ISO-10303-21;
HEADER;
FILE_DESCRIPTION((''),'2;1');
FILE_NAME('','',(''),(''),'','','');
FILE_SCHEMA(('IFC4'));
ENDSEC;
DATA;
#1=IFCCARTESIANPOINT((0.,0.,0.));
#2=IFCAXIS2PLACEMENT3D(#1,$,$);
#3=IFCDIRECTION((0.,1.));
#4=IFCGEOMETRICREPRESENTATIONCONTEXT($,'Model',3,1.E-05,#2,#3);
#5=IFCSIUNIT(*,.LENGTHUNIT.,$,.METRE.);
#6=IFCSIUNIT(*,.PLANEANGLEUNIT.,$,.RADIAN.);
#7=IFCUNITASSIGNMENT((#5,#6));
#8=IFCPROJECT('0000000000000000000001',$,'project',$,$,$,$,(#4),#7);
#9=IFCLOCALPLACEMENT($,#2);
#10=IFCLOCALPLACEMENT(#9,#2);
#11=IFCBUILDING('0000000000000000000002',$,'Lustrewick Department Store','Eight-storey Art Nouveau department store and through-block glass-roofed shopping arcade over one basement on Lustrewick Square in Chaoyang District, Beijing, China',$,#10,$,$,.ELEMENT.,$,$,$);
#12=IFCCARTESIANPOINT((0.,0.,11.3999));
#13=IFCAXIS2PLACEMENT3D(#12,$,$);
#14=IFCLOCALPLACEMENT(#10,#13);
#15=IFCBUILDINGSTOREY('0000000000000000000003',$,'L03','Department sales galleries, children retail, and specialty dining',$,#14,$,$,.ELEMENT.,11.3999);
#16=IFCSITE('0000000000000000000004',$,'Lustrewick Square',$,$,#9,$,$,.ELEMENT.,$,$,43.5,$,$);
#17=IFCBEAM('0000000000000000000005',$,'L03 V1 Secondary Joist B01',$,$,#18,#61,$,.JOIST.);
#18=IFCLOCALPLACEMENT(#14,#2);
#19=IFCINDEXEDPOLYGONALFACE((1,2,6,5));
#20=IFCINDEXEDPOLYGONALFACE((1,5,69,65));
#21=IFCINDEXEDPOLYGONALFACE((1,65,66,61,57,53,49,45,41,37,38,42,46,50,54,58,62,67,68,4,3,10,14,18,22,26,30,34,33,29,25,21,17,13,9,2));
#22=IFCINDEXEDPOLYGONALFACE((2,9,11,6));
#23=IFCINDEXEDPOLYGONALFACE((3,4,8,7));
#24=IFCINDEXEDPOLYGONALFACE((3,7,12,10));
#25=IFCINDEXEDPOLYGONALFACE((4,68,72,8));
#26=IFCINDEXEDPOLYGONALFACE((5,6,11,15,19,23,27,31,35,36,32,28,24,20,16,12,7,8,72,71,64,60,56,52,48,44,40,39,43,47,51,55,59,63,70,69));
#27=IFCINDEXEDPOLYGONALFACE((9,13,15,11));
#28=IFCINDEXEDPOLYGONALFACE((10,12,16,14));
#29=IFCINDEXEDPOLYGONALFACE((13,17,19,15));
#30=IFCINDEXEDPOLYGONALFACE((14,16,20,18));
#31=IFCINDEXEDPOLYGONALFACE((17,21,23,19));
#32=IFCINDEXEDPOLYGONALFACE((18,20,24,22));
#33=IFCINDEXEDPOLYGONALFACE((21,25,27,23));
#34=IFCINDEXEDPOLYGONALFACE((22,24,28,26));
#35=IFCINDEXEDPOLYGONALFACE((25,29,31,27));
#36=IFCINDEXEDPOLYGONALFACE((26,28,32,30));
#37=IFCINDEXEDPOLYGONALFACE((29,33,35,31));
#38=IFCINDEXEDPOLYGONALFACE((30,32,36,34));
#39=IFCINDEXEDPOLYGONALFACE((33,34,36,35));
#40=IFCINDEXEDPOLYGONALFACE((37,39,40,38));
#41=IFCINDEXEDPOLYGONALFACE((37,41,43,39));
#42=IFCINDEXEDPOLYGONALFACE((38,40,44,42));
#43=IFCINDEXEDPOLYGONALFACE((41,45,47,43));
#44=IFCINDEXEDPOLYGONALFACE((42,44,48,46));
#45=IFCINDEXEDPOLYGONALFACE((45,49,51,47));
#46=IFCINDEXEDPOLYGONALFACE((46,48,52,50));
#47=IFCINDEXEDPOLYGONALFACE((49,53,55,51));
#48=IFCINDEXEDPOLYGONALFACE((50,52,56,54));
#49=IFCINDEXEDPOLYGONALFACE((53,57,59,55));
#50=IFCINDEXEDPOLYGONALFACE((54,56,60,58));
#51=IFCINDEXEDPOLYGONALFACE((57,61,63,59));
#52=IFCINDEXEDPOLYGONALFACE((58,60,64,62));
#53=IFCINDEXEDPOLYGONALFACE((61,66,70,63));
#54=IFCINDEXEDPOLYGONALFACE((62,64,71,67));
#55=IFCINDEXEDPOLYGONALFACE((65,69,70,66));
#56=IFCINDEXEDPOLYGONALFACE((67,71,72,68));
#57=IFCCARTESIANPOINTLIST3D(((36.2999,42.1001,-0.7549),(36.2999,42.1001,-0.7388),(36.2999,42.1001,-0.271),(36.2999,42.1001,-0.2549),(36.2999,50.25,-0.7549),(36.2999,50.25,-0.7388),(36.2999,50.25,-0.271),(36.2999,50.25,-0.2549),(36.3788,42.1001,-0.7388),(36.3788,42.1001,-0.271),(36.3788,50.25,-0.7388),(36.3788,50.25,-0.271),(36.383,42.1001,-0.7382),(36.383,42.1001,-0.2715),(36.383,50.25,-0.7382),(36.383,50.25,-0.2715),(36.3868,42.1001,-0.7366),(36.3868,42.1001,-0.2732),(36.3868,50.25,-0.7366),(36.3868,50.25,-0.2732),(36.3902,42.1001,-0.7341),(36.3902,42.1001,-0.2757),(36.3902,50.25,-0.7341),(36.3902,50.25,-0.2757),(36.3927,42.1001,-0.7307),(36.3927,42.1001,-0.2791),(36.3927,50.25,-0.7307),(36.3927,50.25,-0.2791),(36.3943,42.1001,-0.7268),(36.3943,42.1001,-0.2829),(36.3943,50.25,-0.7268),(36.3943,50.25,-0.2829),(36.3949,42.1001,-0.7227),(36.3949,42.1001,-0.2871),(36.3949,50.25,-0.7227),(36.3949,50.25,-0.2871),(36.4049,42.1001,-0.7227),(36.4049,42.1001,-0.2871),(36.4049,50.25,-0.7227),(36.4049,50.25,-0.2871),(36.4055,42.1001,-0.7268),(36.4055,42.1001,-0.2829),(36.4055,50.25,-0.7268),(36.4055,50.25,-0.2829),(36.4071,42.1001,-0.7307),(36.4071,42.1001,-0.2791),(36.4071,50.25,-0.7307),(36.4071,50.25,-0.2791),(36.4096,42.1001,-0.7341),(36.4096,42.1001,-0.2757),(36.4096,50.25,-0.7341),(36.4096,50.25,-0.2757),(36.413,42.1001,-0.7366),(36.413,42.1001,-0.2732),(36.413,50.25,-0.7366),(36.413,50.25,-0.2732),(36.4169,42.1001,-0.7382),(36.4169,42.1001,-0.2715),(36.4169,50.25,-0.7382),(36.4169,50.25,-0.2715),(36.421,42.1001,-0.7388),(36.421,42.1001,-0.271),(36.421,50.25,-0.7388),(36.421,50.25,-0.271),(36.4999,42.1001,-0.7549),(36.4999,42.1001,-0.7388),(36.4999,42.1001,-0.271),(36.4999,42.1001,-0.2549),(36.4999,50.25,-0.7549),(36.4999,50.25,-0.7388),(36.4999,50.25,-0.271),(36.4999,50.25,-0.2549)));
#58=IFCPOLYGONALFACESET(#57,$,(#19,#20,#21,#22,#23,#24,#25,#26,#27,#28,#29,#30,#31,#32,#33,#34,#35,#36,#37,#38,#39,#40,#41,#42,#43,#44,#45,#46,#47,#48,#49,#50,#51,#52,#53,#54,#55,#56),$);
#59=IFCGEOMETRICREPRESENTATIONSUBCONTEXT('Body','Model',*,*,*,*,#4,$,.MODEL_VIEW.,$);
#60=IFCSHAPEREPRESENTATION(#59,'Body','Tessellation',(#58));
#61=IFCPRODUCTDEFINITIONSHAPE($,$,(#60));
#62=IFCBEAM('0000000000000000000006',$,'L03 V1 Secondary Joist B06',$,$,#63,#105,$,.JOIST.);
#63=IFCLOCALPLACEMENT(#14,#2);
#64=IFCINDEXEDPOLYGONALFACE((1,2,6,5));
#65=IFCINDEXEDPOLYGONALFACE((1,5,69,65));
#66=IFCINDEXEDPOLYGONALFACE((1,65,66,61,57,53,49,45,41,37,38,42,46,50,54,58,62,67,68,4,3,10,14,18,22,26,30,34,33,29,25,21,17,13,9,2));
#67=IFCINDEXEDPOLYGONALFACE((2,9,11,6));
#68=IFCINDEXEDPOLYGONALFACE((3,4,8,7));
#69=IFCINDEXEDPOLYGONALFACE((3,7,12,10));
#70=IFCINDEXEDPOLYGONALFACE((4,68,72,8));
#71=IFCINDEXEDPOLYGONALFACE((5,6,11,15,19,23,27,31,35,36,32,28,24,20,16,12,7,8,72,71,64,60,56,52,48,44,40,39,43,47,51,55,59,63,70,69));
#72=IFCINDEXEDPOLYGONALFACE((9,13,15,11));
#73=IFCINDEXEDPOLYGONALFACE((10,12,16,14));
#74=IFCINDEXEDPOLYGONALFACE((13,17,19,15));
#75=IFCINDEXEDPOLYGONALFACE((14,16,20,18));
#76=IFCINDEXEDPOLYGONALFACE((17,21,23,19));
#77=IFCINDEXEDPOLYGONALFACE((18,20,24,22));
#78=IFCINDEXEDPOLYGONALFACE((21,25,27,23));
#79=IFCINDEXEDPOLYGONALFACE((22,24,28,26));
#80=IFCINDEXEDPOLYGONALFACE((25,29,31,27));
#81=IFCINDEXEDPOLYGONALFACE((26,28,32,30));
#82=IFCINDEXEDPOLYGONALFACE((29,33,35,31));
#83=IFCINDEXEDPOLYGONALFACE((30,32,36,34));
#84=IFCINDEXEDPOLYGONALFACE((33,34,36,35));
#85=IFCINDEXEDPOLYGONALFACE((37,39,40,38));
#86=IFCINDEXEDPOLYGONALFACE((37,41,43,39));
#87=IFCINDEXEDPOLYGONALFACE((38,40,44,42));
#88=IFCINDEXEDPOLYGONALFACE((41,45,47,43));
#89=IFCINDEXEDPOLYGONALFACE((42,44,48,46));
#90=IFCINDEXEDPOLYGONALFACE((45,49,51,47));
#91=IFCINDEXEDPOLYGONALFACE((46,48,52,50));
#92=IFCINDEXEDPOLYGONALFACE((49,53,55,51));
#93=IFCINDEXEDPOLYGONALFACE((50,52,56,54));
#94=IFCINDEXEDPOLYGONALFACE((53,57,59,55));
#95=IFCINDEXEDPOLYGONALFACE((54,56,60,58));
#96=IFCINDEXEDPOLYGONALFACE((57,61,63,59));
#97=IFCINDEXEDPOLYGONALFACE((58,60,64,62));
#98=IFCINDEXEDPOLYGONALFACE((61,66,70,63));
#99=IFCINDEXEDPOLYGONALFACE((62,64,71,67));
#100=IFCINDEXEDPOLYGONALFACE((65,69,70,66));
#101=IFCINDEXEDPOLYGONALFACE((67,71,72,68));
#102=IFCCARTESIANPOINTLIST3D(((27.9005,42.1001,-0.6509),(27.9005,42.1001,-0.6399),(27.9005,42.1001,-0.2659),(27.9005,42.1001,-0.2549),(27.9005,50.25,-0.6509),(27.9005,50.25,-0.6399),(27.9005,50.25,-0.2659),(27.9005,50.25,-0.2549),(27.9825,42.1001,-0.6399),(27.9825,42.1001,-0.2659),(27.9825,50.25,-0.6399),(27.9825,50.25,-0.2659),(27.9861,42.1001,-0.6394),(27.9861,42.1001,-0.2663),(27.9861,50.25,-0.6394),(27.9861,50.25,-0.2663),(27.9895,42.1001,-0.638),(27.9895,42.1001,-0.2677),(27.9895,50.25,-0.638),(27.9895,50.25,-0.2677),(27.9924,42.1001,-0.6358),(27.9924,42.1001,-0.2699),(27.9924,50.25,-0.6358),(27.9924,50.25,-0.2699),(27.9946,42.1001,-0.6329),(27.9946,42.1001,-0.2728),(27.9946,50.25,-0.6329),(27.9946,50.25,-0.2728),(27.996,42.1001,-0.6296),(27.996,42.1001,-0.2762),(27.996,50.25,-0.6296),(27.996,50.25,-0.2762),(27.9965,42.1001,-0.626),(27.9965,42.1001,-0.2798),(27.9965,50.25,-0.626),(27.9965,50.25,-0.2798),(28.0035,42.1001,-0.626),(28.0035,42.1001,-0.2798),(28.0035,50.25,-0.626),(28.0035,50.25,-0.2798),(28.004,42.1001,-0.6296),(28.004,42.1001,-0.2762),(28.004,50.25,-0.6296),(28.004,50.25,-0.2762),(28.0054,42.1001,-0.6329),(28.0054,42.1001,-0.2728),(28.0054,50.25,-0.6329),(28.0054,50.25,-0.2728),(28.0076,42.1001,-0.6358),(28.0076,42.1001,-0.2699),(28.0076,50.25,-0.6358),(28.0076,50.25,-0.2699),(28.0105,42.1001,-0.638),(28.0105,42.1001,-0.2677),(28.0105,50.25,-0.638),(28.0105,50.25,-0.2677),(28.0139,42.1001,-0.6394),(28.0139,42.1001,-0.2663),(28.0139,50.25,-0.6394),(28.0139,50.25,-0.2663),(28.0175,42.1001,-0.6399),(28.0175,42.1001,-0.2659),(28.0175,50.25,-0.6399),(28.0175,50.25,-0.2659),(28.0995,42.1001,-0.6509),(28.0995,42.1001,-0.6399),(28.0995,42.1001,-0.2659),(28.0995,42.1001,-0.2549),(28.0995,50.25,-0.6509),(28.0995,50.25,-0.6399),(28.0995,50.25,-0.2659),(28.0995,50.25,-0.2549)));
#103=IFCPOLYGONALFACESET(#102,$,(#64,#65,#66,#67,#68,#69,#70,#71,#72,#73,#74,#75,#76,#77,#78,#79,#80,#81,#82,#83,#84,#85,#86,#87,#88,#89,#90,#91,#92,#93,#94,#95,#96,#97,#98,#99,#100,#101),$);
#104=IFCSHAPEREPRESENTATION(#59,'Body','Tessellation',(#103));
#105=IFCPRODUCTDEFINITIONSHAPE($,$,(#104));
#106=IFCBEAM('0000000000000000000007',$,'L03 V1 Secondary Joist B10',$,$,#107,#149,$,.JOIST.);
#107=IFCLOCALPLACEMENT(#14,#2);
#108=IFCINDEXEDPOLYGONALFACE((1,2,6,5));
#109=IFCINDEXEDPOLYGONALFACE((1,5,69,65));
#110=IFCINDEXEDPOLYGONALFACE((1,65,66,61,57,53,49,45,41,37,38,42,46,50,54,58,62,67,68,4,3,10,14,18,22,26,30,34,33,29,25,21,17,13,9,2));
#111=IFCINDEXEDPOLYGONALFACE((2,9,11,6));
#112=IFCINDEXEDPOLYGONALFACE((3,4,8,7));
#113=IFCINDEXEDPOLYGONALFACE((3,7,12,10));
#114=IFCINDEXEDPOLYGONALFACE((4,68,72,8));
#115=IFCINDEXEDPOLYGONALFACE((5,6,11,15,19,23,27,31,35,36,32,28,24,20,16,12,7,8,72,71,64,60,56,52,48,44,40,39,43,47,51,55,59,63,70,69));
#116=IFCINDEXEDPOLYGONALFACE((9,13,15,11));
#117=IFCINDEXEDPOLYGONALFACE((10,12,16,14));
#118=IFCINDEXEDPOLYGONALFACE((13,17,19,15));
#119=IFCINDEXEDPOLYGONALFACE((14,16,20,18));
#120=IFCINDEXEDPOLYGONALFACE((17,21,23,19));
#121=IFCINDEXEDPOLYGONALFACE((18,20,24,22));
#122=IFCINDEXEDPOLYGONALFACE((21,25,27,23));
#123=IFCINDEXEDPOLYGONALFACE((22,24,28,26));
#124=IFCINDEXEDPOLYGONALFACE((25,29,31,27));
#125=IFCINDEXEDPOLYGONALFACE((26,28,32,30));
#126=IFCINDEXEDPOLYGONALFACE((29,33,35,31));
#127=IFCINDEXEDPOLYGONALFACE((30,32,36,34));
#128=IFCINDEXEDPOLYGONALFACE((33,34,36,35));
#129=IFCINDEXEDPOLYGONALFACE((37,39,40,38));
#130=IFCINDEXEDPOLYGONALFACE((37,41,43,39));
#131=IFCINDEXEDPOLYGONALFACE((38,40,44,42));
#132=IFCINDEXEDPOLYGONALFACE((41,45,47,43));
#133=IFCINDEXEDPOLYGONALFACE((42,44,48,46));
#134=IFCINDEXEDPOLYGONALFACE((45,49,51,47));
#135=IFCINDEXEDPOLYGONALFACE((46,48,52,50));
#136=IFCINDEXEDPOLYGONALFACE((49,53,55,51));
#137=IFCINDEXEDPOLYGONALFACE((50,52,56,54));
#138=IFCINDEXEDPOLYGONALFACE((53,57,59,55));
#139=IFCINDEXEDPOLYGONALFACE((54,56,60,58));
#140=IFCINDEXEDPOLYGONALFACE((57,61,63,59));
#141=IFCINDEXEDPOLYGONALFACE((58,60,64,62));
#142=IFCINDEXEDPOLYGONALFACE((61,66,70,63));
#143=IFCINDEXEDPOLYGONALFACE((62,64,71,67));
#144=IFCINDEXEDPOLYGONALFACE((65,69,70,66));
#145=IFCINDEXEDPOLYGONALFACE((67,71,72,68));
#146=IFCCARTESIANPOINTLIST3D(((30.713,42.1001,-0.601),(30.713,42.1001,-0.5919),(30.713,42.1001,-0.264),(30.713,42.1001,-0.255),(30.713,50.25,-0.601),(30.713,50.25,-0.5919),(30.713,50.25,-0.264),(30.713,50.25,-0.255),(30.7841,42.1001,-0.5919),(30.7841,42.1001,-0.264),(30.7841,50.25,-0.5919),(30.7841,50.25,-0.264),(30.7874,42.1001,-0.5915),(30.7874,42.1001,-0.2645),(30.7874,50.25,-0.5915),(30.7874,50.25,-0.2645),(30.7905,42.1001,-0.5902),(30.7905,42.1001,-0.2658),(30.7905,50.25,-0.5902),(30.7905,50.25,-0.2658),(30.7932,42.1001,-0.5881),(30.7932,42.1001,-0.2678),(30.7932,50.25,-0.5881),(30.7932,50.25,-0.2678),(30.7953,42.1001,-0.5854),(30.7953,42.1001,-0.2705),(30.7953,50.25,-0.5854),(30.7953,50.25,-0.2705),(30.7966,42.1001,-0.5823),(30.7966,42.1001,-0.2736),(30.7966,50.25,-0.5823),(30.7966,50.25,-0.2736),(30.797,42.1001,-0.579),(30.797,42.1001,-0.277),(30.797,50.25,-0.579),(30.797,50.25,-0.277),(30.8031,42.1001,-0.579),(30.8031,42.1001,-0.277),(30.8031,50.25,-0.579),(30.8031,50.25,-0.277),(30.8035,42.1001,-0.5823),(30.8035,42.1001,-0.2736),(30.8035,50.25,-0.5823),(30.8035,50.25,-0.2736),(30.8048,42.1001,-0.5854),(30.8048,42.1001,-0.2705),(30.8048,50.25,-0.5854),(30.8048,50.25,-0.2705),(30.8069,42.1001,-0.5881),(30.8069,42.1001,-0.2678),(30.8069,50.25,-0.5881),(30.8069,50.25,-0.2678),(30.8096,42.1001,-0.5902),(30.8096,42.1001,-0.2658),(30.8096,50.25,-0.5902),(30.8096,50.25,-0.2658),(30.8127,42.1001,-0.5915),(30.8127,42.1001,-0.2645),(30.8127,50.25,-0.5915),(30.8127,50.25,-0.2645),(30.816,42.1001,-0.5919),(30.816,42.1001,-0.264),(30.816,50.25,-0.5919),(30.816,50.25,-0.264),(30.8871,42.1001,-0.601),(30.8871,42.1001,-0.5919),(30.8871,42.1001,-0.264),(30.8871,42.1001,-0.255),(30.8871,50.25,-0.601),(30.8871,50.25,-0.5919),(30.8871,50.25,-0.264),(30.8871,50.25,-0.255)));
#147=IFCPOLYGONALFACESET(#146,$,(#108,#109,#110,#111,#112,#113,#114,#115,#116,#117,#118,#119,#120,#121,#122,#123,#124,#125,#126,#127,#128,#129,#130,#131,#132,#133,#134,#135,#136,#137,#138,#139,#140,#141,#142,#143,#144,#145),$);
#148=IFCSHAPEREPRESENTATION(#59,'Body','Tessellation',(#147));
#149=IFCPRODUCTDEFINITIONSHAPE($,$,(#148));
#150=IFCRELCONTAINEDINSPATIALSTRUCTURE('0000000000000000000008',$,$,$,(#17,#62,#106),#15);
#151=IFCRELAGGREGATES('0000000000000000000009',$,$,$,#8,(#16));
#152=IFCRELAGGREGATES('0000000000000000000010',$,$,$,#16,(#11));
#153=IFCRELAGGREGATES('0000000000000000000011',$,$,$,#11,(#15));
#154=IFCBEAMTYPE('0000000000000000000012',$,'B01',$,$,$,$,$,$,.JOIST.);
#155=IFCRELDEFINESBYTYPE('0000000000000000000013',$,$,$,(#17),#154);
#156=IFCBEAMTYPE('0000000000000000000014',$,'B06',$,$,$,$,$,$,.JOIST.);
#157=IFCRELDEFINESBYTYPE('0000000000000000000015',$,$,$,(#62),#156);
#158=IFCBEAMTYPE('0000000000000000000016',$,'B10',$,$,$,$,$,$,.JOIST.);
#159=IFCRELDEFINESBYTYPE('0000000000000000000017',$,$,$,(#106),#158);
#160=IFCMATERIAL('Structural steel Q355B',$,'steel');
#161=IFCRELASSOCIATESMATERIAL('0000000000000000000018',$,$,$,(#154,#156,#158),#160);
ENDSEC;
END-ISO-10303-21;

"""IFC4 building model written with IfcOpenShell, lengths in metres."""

from ifc_helpers import new_model, si_unit, direction, frame, origin, origin_2d, place, context, subcontext, project, spatial, i_section, extrude, material, material_profile, profile_set, type_object, element, save


model = new_model("IFC4")

# Units and contexts
model_context = context("Model", 3, precision=1e-05, world=origin(), true_north=direction((0.0, 1.0)))
body_context = subcontext(model_context, "Body", "Model", "MODEL_VIEW")
ifc_project = project(units=[si_unit("LENGTHUNIT", "METRE"), si_unit("PLANEANGLEUNIT", "RADIAN")], contexts=[model_context])

# Site, building, storey
site_placement = place(None, origin())
site = spatial("IfcSite", under=ifc_project, at=site_placement, Name="Lustrewick Square", CompositionType="ELEMENT", RefElevation=43.5)
building_placement = place(site_placement, origin())
building = spatial("IfcBuilding", under=site, at=building_placement, Name="Lustrewick Department Store", Description="Eight-storey Art Nouveau department store and through-block glass-roofed shopping arcade over one basement on Lustrewick Square in Chaoyang District, Beijing, China", CompositionType="ELEMENT")
storey_placement = place(building_placement, frame((0.0, 0.0, 11.3999)))
storey = spatial("IfcBuildingStorey", under=building, at=storey_placement, Name="L03", Description="Department sales galleries, children retail, and specialty dining", CompositionType="ELEMENT", Elevation=11.3999)

# Shared definitions
ifc_material_1 = material(Name="Structural steel Q355B", Category="steel")

# Beams
ifc_material_profile_1 = material_profile(ifc_material_1, i_section(OverallWidth=0.2, OverallDepth=0.5, WebThickness=0.01, FlangeThickness=0.0161, FilletRadius=0.0161, at=origin_2d()), Name="HN 500x200x10x16")
ifc_profile_set_1 = profile_set([ifc_material_profile_1], Name="Structural steel Q355B")
beam_type_1 = type_object("IfcBeamType", Name="B01", PredefinedType="JOIST", material=ifc_profile_set_1)
beam_1_placement = place(storey_placement, frame((36.3999, 42.1001, -0.5049), z_axis=(0.0, 1.0, 0.0), x_axis=(-1.0, 0.0, 0.0)))
element("IfcBeam", 1, at=beam_1_placement, inside=storey, type_object=beam_type_1, Name="L03 V1 Secondary Joist B01", PredefinedType="JOIST", context=body_context, shape_type="SweptSolid", body=[
    extrude(i_section(OverallWidth=0.2, OverallDepth=0.5, WebThickness=0.01, FlangeThickness=0.0161, FilletRadius=0.0161, at=origin_2d()), origin(), (0.0, 0.0, 1.0), 8.1499),
])
ifc_material_profile_2 = material_profile(ifc_material_1, i_section(OverallWidth=0.199, OverallDepth=0.396, WebThickness=0.0071, FlangeThickness=0.011, FilletRadius=0.0139, at=origin_2d()), Name="HN 396x199x7x11")
ifc_profile_set_2 = profile_set([ifc_material_profile_2], Name="Structural steel Q355B")
beam_type_2 = type_object("IfcBeamType", Name="B06", PredefinedType="JOIST", material=ifc_profile_set_2)
beam_2_placement = place(storey_placement, frame((28.0, 42.1001, -0.4529), z_axis=(0.0, 1.0, 0.0), x_axis=(-1.0, 0.0, 0.0)))
element("IfcBeam", 2, at=beam_2_placement, inside=storey, type_object=beam_type_2, Name="L03 V1 Secondary Joist B06", PredefinedType="JOIST", context=body_context, shape_type="SweptSolid", body=[
    extrude(i_section(OverallWidth=0.199, OverallDepth=0.396, WebThickness=0.0071, FlangeThickness=0.011, FilletRadius=0.0139, at=origin_2d()), origin(), (0.0, 0.0, 1.0), 8.1499),
])
ifc_material_profile_3 = material_profile(ifc_material_1, i_section(OverallWidth=0.1741, OverallDepth=0.3459, WebThickness=0.0061, FlangeThickness=0.009, FilletRadius=0.0129, at=origin_2d()), Name="HN 346x174x6x9")
ifc_profile_set_3 = profile_set([ifc_material_profile_3], Name="Structural steel Q355B")
beam_type_3 = type_object("IfcBeamType", Name="B10", PredefinedType="JOIST", material=ifc_profile_set_3)
beam_3_placement = place(storey_placement, frame((30.8, 42.1001, -0.428), z_axis=(0.0, 1.0, 0.0), x_axis=(-1.0, 0.0, 0.0)))
element("IfcBeam", 3, at=beam_3_placement, inside=storey, type_object=beam_type_3, Name="L03 V1 Secondary Joist B10", PredefinedType="JOIST", context=body_context, shape_type="SweptSolid", body=[
    extrude(i_section(OverallWidth=0.1741, OverallDepth=0.3459, WebThickness=0.0061, FlangeThickness=0.009, FilletRadius=0.0129, at=origin_2d()), origin(), (0.0, 0.0, 1.0), 8.1499),
])

save(model, "model.ifc")
